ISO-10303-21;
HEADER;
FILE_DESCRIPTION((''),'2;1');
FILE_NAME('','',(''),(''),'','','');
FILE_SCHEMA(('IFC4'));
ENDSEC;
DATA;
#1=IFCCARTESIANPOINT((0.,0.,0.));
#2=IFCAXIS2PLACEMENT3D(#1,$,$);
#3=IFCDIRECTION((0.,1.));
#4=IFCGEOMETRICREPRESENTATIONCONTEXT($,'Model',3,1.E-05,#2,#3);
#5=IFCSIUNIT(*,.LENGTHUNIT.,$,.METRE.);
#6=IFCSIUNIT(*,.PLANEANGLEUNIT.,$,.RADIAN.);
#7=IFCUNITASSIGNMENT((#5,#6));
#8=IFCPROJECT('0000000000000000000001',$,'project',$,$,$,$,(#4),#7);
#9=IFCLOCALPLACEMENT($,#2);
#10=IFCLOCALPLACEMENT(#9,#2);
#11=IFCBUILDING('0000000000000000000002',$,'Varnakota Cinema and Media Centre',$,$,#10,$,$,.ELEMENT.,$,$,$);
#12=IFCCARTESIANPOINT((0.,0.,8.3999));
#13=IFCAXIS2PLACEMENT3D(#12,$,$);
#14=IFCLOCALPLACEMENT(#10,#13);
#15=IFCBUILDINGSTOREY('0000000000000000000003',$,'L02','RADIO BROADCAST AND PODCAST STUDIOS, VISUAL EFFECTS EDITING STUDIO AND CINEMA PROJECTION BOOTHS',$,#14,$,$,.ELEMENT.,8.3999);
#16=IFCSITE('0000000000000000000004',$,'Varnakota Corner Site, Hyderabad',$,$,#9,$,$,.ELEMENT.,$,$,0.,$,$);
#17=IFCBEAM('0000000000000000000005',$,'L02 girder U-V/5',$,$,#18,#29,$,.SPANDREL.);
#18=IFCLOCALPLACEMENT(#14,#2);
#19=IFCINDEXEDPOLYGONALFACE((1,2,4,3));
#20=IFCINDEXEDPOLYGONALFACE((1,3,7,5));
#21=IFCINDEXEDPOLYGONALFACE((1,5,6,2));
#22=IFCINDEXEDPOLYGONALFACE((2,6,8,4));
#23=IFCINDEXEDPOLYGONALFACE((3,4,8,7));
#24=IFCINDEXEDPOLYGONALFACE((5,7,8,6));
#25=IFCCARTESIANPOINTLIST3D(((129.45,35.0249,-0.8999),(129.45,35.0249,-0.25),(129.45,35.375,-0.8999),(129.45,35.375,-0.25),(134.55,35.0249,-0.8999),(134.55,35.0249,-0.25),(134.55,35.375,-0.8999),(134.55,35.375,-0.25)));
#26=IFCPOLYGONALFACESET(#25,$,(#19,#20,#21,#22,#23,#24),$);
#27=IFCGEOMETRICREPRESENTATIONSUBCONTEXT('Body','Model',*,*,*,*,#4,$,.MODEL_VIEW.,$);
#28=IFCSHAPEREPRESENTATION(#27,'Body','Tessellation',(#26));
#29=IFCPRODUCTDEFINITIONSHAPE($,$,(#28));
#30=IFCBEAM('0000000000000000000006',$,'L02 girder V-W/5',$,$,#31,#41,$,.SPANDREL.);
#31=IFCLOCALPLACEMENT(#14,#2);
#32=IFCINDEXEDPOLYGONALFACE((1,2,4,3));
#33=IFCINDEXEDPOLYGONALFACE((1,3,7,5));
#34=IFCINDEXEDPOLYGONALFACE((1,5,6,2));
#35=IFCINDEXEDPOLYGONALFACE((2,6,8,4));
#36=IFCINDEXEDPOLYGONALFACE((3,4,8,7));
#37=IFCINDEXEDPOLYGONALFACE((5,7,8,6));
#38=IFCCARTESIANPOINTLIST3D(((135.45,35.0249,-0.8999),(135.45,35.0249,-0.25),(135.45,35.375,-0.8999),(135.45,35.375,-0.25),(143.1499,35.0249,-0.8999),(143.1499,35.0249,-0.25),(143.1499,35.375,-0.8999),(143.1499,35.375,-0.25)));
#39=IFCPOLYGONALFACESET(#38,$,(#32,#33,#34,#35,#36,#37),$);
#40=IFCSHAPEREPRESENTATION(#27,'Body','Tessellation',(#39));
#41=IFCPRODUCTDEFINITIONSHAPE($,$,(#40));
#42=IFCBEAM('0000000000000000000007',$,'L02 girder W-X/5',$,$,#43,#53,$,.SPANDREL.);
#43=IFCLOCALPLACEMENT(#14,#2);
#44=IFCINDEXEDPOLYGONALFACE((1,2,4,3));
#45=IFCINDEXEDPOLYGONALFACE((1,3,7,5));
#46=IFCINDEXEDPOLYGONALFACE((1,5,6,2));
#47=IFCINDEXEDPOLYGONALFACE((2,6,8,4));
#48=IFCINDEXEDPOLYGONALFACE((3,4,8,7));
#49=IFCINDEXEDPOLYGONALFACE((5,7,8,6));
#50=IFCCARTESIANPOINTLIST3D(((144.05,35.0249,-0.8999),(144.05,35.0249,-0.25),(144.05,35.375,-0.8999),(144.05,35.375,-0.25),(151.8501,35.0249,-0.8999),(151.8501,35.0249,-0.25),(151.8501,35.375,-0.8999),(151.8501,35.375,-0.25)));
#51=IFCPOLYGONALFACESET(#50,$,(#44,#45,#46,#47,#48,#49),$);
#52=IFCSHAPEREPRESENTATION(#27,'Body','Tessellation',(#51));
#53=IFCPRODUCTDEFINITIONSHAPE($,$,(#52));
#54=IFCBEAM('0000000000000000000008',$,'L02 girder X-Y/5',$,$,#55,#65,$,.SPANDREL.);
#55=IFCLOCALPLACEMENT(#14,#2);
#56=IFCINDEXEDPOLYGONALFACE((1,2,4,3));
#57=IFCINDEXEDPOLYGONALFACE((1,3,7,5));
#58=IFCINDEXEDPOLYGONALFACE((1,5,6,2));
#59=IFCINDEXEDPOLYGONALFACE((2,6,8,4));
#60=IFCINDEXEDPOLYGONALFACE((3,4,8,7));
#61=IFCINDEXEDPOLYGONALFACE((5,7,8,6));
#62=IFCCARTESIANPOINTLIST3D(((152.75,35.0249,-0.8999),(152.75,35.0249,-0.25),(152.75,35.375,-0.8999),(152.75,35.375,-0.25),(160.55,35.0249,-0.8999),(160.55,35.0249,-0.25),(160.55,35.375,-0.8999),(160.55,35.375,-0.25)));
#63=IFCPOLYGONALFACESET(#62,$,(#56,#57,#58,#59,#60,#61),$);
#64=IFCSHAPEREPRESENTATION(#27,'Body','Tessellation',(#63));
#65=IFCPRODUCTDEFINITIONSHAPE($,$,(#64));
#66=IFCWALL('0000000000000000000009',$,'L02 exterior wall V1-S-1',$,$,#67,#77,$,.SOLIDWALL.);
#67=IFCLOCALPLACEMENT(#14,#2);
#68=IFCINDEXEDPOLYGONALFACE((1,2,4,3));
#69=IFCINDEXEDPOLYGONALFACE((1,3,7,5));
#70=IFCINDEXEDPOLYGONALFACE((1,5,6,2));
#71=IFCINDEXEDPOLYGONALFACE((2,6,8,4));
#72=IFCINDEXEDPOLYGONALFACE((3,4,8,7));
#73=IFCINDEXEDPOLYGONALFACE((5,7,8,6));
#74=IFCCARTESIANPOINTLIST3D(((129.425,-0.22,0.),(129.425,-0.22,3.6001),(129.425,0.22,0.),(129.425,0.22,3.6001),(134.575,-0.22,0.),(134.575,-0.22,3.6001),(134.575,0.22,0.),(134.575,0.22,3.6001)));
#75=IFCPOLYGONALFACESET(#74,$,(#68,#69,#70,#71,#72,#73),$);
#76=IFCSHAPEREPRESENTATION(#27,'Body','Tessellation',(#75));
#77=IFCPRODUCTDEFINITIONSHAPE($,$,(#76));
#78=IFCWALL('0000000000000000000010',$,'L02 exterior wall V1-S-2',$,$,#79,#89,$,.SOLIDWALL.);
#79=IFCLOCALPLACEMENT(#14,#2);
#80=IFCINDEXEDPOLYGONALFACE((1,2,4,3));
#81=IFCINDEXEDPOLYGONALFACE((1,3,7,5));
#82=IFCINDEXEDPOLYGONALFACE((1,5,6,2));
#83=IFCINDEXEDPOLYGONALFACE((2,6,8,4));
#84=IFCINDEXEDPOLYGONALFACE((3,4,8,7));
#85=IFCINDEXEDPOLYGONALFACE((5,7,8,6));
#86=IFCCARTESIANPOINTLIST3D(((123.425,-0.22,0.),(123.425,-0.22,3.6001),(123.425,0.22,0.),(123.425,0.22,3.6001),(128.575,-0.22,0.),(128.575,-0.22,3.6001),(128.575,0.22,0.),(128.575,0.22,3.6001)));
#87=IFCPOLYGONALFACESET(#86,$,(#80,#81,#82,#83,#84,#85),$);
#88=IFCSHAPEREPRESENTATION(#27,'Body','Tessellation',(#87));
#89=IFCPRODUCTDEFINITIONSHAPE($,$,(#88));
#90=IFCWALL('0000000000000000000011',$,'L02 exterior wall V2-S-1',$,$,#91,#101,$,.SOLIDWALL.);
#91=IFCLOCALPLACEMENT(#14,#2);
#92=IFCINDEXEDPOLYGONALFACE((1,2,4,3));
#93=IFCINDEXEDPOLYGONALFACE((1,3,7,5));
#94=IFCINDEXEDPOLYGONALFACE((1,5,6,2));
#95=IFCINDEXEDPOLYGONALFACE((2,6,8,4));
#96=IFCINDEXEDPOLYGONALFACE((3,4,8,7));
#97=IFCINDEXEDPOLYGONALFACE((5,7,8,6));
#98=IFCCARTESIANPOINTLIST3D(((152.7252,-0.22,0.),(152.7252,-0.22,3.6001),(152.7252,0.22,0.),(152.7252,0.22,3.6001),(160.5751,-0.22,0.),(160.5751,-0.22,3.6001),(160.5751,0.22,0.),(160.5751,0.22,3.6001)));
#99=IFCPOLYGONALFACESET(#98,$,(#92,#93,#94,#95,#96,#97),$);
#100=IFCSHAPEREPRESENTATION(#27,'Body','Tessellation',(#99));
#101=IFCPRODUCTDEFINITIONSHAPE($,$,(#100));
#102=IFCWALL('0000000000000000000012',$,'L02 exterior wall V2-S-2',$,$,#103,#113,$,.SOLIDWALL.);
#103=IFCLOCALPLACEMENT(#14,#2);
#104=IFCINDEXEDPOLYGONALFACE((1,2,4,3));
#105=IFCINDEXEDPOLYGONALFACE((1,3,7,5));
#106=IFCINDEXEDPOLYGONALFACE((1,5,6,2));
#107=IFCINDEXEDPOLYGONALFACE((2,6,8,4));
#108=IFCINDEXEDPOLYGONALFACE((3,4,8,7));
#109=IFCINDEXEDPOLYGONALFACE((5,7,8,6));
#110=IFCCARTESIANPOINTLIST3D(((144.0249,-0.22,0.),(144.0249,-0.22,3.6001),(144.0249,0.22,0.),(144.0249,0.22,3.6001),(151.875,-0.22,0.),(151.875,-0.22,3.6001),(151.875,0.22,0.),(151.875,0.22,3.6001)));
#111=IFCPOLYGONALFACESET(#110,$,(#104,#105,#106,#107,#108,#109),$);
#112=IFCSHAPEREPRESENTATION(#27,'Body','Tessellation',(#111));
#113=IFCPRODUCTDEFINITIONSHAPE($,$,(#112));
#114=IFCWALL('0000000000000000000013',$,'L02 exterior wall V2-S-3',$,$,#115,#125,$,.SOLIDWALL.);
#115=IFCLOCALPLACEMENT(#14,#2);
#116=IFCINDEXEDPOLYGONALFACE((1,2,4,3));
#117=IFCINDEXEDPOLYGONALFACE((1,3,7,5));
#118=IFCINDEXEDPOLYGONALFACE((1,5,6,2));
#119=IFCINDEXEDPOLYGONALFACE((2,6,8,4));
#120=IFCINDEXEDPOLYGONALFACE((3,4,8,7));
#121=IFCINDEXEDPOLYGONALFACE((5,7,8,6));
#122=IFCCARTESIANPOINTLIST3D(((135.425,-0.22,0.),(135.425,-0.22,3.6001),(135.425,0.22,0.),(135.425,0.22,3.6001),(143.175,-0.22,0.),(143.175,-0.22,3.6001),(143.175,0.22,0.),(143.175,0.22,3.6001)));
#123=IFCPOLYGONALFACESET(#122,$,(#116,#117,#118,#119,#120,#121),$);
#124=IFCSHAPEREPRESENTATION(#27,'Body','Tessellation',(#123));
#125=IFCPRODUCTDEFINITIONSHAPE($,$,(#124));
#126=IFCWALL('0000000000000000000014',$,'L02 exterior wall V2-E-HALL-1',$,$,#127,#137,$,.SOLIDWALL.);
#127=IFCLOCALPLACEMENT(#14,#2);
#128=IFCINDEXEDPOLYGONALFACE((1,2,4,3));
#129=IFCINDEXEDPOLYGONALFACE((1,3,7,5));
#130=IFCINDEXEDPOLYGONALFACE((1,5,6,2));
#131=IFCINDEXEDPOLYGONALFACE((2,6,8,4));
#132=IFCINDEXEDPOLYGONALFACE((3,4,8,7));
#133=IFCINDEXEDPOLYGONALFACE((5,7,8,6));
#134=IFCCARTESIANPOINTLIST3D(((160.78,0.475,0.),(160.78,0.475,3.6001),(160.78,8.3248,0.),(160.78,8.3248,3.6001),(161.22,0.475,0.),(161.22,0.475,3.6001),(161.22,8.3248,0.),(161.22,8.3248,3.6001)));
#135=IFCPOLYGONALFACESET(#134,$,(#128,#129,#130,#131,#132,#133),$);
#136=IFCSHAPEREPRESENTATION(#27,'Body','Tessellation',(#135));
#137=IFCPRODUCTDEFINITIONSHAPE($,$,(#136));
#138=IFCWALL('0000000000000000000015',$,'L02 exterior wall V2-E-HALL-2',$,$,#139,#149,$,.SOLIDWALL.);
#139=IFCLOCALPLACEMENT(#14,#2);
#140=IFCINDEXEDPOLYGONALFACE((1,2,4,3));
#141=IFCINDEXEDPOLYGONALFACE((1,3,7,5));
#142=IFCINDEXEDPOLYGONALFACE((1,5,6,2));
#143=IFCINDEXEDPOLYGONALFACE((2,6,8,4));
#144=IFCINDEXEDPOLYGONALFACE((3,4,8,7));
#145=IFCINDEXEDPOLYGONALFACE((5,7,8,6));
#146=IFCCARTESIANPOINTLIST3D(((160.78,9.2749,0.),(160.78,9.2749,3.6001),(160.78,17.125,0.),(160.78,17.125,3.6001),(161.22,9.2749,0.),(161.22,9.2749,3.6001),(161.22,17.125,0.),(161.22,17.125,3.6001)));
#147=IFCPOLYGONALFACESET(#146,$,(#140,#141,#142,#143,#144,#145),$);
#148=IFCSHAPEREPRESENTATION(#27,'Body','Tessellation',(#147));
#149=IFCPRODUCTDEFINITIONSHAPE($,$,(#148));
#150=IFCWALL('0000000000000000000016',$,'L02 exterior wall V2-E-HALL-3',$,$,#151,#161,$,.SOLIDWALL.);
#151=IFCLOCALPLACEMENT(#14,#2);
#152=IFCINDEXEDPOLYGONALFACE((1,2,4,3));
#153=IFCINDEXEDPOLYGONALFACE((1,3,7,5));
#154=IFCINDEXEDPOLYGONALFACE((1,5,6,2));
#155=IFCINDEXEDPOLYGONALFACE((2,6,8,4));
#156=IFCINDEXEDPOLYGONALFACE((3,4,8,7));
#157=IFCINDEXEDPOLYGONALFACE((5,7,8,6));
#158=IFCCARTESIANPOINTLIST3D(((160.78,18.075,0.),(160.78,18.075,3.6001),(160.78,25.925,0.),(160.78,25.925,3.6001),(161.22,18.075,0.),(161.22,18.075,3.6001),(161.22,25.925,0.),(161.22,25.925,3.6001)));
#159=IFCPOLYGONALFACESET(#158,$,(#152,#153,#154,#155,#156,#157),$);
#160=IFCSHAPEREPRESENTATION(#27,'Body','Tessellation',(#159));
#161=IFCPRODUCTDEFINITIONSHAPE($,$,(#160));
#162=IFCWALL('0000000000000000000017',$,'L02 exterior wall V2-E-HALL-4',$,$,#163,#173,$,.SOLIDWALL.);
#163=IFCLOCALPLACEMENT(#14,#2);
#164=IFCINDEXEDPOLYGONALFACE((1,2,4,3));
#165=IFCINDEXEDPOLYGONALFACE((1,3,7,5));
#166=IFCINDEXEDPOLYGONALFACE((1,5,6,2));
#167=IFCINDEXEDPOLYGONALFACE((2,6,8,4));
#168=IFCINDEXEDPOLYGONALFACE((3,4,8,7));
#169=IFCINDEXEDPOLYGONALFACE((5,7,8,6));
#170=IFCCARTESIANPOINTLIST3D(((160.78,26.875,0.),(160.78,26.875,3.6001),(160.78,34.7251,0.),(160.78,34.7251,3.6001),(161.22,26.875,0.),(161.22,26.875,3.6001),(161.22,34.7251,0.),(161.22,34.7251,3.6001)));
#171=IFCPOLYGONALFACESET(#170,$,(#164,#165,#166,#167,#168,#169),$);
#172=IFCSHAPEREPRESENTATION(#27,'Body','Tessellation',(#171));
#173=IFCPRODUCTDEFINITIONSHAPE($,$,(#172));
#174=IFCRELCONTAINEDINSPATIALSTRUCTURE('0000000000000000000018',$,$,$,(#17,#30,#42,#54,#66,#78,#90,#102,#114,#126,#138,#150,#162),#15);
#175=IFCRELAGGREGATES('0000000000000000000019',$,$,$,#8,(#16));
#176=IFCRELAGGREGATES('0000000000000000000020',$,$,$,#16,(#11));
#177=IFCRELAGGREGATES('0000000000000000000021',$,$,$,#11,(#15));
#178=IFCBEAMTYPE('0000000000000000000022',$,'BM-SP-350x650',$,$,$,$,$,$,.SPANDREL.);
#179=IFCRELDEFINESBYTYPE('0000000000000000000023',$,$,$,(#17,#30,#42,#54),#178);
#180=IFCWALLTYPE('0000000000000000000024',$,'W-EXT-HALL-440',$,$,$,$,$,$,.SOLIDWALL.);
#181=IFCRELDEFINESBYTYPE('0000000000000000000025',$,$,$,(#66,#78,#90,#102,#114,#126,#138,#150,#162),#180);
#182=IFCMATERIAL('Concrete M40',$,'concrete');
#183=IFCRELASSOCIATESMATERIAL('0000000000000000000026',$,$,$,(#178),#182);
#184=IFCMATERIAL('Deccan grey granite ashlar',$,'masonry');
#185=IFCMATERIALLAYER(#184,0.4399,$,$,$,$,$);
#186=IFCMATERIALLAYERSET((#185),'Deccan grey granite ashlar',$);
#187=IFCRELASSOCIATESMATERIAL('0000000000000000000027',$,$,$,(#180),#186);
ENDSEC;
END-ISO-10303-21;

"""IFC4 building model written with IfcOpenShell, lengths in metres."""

from ifc_helpers import new_model, si_unit, direction, frame, frame_2d, origin, origin_2d, place, context, subcontext, project, spatial, rectangle, extrude, material, layer, layer_set, material_profile, profile_set, type_object, element, save


model = new_model("IFC4")

# Units and contexts
model_context = context("Model", 3, precision=1e-05, world=origin(), true_north=direction((0.0, 1.0)))
body_context = subcontext(model_context, "Body", "Model", "MODEL_VIEW")
ifc_project = project(units=[si_unit("LENGTHUNIT", "METRE"), si_unit("PLANEANGLEUNIT", "RADIAN")], contexts=[model_context])

# Site, building, storey
site_placement = place(None, origin())
site = spatial("IfcSite", under=ifc_project, at=site_placement, Name="Varnakota Corner Site, Hyderabad", CompositionType="ELEMENT", RefElevation=0.0)
building_placement = place(site_placement, origin())
building = spatial("IfcBuilding", under=site, at=building_placement, Name="Varnakota Cinema and Media Centre", CompositionType="ELEMENT")
storey_placement = place(building_placement, frame((0.0, 0.0, 8.3999)))
storey = spatial("IfcBuildingStorey", under=building, at=storey_placement, Name="L02", Description="RADIO BROADCAST AND PODCAST STUDIOS, VISUAL EFFECTS EDITING STUDIO AND CINEMA PROJECTION BOOTHS", CompositionType="ELEMENT", Elevation=8.3999)

# Beams
ifc_material_1 = material(Name="Concrete M40", Category="concrete")
ifc_material_profile_1 = material_profile(ifc_material_1, rectangle(XDim=0.3501, YDim=0.6499, at=origin_2d()), Name="RCB 350x650")
ifc_profile_set_1 = profile_set([ifc_material_profile_1], Name="Concrete M40")
beam_type = type_object("IfcBeamType", Name="BM-SP-350x650", PredefinedType="SPANDREL", material=ifc_profile_set_1)
beam_1_placement = place(storey_placement, frame((129.45, 35.2, -0.575), z_axis=(1.0, 0.0, 0.0), x_axis=(0.0, 1.0, 0.0)))
element("IfcBeam", 1, at=beam_1_placement, inside=storey, type_object=beam_type, Name="L02 girder U-V/5", PredefinedType="SPANDREL", context=body_context, shape_type="SweptSolid", body=[
    extrude(rectangle(XDim=0.3501, YDim=0.6499, at=origin_2d()), origin(), (0.0, 0.0, 1.0), 5.1001),
])
beam_2_placement = place(storey_placement, frame((135.45, 35.2, -0.575), z_axis=(1.0, 0.0, 0.0), x_axis=(0.0, 1.0, 0.0)))
element("IfcBeam", 2, at=beam_2_placement, inside=storey, type_object=beam_type, Name="L02 girder V-W/5", PredefinedType="SPANDREL", context=body_context, shape_type="SweptSolid", body=[
    extrude(rectangle(XDim=0.3501, YDim=0.6499, at=origin_2d()), origin(), (0.0, 0.0, 1.0), 7.7),
])
for number, where, z_axis, x_axis, name in (
    (3, (144.05, 35.2, -0.575), (1.0, 0.0, 0.0), (0.0, 1.0, 0.0), "L02 girder W-X/5"),
    (4, (152.75, 35.2, -0.575), (1.0, 0.0, 0.0), (0.0, 1.0, 0.0), "L02 girder X-Y/5"),
):
    element("IfcBeam", number, at=place(storey_placement, frame(where, z_axis=z_axis, x_axis=x_axis)), inside=storey, type_object=beam_type, Name=name, PredefinedType="SPANDREL", context=body_context, shape_type="SweptSolid", body=[
        extrude(rectangle(XDim=0.3501, YDim=0.6499, at=origin_2d()), origin(), (0.0, 0.0, 1.0), 7.8),
    ])

# Walls
ifc_material_2 = material(Name="Deccan grey granite ashlar", Category="masonry")
ifc_layer = layer(ifc_material_2, 0.4399)
ifc_layer_set = layer_set([ifc_layer], Name="Deccan grey granite ashlar")
wall_type = type_object("IfcWallType", Name="W-EXT-HALL-440", PredefinedType="SOLIDWALL", material=ifc_layer_set)
for number, where, z_axis, x_axis, name in (
    (5, (134.575, 0.0, 0.0), (0.0, 0.0, 1.0), (-1.0, 0.0, 0.0), "L02 exterior wall V1-S-1"),
    (6, (128.575, 0.0, 0.0), (0.0, 0.0, 1.0), (-1.0, 0.0, 0.0), "L02 exterior wall V1-S-2"),
):
    element("IfcWall", number, at=place(storey_placement, frame(where, z_axis=z_axis, x_axis=x_axis)), inside=storey, type_object=wall_type, Name=name, PredefinedType="SOLIDWALL", context=body_context, shape_type="SweptSolid", body=[
        extrude(rectangle(XDim=5.1499, YDim=0.4399, at=frame_2d((2.575, 0.0))), origin(), (0.0, 0.0, 1.0), 3.6001),
    ])
wall_1_placement = place(storey_placement, frame((160.575, 0.0, 0.0), z_axis=(0.0, 0.0, 1.0), x_axis=(-1.0, 0.0, 0.0)))
element("IfcWall", 7, at=wall_1_placement, inside=storey, type_object=wall_type, Name="L02 exterior wall V2-S-1", PredefinedType="SOLIDWALL", context=body_context, shape_type="SweptSolid", body=[
    extrude(rectangle(XDim=7.8499, YDim=0.4399, at=frame_2d((3.9248, 0.0))), origin(), (0.0, 0.0, 1.0), 3.6001),
])
wall_2_placement = place(storey_placement, frame((151.875, 0.0, 0.0), z_axis=(0.0, 0.0, 1.0), x_axis=(-1.0, 0.0, 0.0)))
element("IfcWall", 8, at=wall_2_placement, inside=storey, type_object=wall_type, Name="L02 exterior wall V2-S-2", PredefinedType="SOLIDWALL", context=body_context, shape_type="SweptSolid", body=[
    extrude(rectangle(XDim=7.8501, YDim=0.4399, at=frame_2d((3.925, 0.0))), origin(), (0.0, 0.0, 1.0), 3.6001),
])
wall_3_placement = place(storey_placement, frame((143.175, 0.0, 0.0), z_axis=(0.0, 0.0, 1.0), x_axis=(-1.0, 0.0, 0.0)))
element("IfcWall", 9, at=wall_3_placement, inside=storey, type_object=wall_type, Name="L02 exterior wall V2-S-3", PredefinedType="SOLIDWALL", context=body_context, shape_type="SweptSolid", body=[
    extrude(rectangle(XDim=7.75, YDim=0.4399, at=frame_2d((3.875, 0.0))), origin(), (0.0, 0.0, 1.0), 3.6001),
])
wall_4_placement = place(storey_placement, frame((161.0, 0.4751, 0.0), z_axis=(0.0, 0.0, 1.0), x_axis=(0.0, 1.0, 0.0)))
element("IfcWall", 10, at=wall_4_placement, inside=storey, type_object=wall_type, Name="L02 exterior wall V2-E-HALL-1", PredefinedType="SOLIDWALL", context=body_context, shape_type="SweptSolid", body=[
    extrude(rectangle(XDim=7.8499, YDim=0.4399, at=frame_2d((3.9248, 0.0))), origin(), (0.0, 0.0, 1.0), 3.6001),
])
for number, where, z_axis, x_axis, name in (
    (11, (161.0, 9.2749, 0.0), (0.0, 0.0, 1.0), (0.0, 1.0, 0.0), "L02 exterior wall V2-E-HALL-2"),
    (12, (161.0, 18.075, 0.0), (0.0, 0.0, 1.0), (0.0, 1.0, 0.0), "L02 exterior wall V2-E-HALL-3"),
    (13, (161.0, 26.875, 0.0), (0.0, 0.0, 1.0), (0.0, 1.0, 0.0), "L02 exterior wall V2-E-HALL-4"),
):
    element("IfcWall", number, at=place(storey_placement, frame(where, z_axis=z_axis, x_axis=x_axis)), inside=storey, type_object=wall_type, Name=name, PredefinedType="SOLIDWALL", context=body_context, shape_type="SweptSolid", body=[
        extrude(rectangle(XDim=7.8501, YDim=0.4399, at=frame_2d((3.925, 0.0))), origin(), (0.0, 0.0, 1.0), 3.6001),
    ])

save(model, "model.ifc")
